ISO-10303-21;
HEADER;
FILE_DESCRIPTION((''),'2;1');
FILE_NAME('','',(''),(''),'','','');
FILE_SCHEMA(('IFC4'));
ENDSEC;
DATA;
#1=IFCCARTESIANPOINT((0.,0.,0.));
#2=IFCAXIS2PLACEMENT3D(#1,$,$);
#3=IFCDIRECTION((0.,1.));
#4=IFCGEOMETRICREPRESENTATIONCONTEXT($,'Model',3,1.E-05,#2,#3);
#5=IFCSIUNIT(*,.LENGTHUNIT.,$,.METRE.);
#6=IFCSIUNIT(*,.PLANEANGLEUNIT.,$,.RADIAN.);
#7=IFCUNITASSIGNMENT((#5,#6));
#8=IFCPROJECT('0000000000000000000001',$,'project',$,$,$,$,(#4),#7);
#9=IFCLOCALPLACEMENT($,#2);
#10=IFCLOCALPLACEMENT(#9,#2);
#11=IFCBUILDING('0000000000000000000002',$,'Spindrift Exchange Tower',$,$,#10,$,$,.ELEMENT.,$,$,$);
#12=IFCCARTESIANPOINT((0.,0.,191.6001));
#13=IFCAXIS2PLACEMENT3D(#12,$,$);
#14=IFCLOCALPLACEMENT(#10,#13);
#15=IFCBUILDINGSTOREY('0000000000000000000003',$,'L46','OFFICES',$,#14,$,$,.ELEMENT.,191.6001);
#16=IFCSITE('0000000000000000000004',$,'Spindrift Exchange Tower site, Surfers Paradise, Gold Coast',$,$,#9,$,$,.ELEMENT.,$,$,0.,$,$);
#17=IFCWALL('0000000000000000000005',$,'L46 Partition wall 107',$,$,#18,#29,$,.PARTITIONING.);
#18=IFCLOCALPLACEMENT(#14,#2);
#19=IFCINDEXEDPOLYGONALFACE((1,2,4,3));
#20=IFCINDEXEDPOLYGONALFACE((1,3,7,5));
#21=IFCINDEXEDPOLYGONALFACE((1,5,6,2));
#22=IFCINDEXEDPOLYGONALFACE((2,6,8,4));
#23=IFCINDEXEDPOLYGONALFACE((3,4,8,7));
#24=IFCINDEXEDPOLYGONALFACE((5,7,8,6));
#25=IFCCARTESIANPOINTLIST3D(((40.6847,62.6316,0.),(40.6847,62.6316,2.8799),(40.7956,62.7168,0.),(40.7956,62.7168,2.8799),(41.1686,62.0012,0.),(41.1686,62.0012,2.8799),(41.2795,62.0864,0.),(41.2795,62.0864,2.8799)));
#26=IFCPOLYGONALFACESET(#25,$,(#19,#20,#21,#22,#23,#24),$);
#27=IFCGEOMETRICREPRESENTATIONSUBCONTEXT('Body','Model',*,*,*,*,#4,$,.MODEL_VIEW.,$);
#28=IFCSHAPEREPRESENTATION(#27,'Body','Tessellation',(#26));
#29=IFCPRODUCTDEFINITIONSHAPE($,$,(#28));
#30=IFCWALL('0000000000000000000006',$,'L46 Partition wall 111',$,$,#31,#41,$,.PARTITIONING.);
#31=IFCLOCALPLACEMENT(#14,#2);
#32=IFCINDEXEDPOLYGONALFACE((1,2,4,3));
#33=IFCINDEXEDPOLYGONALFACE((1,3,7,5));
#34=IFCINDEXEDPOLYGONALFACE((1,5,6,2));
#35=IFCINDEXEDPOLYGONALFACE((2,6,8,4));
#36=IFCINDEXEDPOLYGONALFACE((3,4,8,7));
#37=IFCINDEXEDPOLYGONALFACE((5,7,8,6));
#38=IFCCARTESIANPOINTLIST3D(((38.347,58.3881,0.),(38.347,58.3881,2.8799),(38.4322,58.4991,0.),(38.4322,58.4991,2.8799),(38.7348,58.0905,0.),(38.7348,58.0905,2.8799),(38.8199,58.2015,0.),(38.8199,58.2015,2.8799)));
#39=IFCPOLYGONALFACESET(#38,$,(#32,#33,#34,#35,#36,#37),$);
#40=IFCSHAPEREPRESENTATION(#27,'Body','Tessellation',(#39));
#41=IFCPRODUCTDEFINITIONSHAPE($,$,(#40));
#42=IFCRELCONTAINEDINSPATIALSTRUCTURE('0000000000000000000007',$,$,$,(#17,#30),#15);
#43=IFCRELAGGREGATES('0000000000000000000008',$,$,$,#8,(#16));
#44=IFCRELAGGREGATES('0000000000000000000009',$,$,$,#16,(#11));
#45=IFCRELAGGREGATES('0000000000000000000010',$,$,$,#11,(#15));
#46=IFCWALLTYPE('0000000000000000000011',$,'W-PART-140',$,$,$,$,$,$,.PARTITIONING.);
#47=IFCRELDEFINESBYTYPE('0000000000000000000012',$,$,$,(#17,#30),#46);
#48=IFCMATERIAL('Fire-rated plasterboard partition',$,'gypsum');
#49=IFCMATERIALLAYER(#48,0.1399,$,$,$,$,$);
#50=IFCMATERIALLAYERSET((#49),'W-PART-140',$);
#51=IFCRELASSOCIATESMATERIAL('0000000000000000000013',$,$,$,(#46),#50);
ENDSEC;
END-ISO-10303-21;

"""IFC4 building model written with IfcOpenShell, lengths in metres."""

from ifc_helpers import new_model, si_unit, direction, frame, frame_2d, origin, place, context, subcontext, project, spatial, rectangle, extrude, material, layer, layer_set, type_object, element, save


model = new_model("IFC4")

# Units and contexts
model_context = context("Model", 3, precision=1e-05, world=origin(), true_north=direction((0.0, 1.0)))
body_context = subcontext(model_context, "Body", "Model", "MODEL_VIEW")
ifc_project = project(units=[si_unit("LENGTHUNIT", "METRE"), si_unit("PLANEANGLEUNIT", "RADIAN")], contexts=[model_context])

# Site, building, storey
site_placement = place(None, origin())
site = spatial("IfcSite", under=ifc_project, at=site_placement, Name="Spindrift Exchange Tower site, Surfers Paradise, Gold Coast", CompositionType="ELEMENT", RefElevation=0.0)
building_placement = place(site_placement, origin())
building = spatial("IfcBuilding", under=site, at=building_placement, Name="Spindrift Exchange Tower", CompositionType="ELEMENT")
storey_placement = place(building_placement, frame((0.0, 0.0, 191.6001)))
storey = spatial("IfcBuildingStorey", under=building, at=storey_placement, Name="L46", Description="OFFICES", CompositionType="ELEMENT", Elevation=191.6001)

# Shared definitions
ifc_material_1 = material(Name="Fire-rated plasterboard partition", Category="gypsum")

# Shared definitions
ifc_layer_1 = layer(ifc_material_1, 0.1399)
ifc_layer_set_1 = layer_set([ifc_layer_1], Name="W-PART-140")
wall_type_1 = type_object("IfcWallType", Name="W-PART-140", PredefinedType="PARTITIONING", material=ifc_layer_set_1)

# Walls
wall_1_placement = place(storey_placement, frame((41.2241, 62.0437, 0.0), z_axis=(0.0, 0.0, 1.0), x_axis=(-0.608909, 0.79324, 0.0)))
element("IfcWall", 1, at=wall_1_placement, inside=storey, type_object=wall_type_1, Name="L46 Partition wall 107", PredefinedType="PARTITIONING", context=body_context, shape_type="SweptSolid", body=[
    extrude(rectangle(XDim=0.7947, YDim=0.1399, at=frame_2d((0.3975, 0.0))), origin(), (0.0, 0.0, 1.0), 2.8799),
])
wall_2_placement = place(storey_placement, frame((38.7773, 58.146, 0.0), z_axis=(0.0, 0.0, 1.0), x_axis=(-0.793236, 0.608914, 0.0)))
element("IfcWall", 2, at=wall_2_placement, inside=storey, type_object=wall_type_1, Name="L46 Partition wall 111", PredefinedType="PARTITIONING", context=body_context, shape_type="SweptSolid", body=[
    extrude(rectangle(XDim=0.4888, YDim=0.1399, at=frame_2d((0.2444, 0.0))), origin(), (0.0, 0.0, 1.0), 2.8799),
])

save(model, "model.ifc")
